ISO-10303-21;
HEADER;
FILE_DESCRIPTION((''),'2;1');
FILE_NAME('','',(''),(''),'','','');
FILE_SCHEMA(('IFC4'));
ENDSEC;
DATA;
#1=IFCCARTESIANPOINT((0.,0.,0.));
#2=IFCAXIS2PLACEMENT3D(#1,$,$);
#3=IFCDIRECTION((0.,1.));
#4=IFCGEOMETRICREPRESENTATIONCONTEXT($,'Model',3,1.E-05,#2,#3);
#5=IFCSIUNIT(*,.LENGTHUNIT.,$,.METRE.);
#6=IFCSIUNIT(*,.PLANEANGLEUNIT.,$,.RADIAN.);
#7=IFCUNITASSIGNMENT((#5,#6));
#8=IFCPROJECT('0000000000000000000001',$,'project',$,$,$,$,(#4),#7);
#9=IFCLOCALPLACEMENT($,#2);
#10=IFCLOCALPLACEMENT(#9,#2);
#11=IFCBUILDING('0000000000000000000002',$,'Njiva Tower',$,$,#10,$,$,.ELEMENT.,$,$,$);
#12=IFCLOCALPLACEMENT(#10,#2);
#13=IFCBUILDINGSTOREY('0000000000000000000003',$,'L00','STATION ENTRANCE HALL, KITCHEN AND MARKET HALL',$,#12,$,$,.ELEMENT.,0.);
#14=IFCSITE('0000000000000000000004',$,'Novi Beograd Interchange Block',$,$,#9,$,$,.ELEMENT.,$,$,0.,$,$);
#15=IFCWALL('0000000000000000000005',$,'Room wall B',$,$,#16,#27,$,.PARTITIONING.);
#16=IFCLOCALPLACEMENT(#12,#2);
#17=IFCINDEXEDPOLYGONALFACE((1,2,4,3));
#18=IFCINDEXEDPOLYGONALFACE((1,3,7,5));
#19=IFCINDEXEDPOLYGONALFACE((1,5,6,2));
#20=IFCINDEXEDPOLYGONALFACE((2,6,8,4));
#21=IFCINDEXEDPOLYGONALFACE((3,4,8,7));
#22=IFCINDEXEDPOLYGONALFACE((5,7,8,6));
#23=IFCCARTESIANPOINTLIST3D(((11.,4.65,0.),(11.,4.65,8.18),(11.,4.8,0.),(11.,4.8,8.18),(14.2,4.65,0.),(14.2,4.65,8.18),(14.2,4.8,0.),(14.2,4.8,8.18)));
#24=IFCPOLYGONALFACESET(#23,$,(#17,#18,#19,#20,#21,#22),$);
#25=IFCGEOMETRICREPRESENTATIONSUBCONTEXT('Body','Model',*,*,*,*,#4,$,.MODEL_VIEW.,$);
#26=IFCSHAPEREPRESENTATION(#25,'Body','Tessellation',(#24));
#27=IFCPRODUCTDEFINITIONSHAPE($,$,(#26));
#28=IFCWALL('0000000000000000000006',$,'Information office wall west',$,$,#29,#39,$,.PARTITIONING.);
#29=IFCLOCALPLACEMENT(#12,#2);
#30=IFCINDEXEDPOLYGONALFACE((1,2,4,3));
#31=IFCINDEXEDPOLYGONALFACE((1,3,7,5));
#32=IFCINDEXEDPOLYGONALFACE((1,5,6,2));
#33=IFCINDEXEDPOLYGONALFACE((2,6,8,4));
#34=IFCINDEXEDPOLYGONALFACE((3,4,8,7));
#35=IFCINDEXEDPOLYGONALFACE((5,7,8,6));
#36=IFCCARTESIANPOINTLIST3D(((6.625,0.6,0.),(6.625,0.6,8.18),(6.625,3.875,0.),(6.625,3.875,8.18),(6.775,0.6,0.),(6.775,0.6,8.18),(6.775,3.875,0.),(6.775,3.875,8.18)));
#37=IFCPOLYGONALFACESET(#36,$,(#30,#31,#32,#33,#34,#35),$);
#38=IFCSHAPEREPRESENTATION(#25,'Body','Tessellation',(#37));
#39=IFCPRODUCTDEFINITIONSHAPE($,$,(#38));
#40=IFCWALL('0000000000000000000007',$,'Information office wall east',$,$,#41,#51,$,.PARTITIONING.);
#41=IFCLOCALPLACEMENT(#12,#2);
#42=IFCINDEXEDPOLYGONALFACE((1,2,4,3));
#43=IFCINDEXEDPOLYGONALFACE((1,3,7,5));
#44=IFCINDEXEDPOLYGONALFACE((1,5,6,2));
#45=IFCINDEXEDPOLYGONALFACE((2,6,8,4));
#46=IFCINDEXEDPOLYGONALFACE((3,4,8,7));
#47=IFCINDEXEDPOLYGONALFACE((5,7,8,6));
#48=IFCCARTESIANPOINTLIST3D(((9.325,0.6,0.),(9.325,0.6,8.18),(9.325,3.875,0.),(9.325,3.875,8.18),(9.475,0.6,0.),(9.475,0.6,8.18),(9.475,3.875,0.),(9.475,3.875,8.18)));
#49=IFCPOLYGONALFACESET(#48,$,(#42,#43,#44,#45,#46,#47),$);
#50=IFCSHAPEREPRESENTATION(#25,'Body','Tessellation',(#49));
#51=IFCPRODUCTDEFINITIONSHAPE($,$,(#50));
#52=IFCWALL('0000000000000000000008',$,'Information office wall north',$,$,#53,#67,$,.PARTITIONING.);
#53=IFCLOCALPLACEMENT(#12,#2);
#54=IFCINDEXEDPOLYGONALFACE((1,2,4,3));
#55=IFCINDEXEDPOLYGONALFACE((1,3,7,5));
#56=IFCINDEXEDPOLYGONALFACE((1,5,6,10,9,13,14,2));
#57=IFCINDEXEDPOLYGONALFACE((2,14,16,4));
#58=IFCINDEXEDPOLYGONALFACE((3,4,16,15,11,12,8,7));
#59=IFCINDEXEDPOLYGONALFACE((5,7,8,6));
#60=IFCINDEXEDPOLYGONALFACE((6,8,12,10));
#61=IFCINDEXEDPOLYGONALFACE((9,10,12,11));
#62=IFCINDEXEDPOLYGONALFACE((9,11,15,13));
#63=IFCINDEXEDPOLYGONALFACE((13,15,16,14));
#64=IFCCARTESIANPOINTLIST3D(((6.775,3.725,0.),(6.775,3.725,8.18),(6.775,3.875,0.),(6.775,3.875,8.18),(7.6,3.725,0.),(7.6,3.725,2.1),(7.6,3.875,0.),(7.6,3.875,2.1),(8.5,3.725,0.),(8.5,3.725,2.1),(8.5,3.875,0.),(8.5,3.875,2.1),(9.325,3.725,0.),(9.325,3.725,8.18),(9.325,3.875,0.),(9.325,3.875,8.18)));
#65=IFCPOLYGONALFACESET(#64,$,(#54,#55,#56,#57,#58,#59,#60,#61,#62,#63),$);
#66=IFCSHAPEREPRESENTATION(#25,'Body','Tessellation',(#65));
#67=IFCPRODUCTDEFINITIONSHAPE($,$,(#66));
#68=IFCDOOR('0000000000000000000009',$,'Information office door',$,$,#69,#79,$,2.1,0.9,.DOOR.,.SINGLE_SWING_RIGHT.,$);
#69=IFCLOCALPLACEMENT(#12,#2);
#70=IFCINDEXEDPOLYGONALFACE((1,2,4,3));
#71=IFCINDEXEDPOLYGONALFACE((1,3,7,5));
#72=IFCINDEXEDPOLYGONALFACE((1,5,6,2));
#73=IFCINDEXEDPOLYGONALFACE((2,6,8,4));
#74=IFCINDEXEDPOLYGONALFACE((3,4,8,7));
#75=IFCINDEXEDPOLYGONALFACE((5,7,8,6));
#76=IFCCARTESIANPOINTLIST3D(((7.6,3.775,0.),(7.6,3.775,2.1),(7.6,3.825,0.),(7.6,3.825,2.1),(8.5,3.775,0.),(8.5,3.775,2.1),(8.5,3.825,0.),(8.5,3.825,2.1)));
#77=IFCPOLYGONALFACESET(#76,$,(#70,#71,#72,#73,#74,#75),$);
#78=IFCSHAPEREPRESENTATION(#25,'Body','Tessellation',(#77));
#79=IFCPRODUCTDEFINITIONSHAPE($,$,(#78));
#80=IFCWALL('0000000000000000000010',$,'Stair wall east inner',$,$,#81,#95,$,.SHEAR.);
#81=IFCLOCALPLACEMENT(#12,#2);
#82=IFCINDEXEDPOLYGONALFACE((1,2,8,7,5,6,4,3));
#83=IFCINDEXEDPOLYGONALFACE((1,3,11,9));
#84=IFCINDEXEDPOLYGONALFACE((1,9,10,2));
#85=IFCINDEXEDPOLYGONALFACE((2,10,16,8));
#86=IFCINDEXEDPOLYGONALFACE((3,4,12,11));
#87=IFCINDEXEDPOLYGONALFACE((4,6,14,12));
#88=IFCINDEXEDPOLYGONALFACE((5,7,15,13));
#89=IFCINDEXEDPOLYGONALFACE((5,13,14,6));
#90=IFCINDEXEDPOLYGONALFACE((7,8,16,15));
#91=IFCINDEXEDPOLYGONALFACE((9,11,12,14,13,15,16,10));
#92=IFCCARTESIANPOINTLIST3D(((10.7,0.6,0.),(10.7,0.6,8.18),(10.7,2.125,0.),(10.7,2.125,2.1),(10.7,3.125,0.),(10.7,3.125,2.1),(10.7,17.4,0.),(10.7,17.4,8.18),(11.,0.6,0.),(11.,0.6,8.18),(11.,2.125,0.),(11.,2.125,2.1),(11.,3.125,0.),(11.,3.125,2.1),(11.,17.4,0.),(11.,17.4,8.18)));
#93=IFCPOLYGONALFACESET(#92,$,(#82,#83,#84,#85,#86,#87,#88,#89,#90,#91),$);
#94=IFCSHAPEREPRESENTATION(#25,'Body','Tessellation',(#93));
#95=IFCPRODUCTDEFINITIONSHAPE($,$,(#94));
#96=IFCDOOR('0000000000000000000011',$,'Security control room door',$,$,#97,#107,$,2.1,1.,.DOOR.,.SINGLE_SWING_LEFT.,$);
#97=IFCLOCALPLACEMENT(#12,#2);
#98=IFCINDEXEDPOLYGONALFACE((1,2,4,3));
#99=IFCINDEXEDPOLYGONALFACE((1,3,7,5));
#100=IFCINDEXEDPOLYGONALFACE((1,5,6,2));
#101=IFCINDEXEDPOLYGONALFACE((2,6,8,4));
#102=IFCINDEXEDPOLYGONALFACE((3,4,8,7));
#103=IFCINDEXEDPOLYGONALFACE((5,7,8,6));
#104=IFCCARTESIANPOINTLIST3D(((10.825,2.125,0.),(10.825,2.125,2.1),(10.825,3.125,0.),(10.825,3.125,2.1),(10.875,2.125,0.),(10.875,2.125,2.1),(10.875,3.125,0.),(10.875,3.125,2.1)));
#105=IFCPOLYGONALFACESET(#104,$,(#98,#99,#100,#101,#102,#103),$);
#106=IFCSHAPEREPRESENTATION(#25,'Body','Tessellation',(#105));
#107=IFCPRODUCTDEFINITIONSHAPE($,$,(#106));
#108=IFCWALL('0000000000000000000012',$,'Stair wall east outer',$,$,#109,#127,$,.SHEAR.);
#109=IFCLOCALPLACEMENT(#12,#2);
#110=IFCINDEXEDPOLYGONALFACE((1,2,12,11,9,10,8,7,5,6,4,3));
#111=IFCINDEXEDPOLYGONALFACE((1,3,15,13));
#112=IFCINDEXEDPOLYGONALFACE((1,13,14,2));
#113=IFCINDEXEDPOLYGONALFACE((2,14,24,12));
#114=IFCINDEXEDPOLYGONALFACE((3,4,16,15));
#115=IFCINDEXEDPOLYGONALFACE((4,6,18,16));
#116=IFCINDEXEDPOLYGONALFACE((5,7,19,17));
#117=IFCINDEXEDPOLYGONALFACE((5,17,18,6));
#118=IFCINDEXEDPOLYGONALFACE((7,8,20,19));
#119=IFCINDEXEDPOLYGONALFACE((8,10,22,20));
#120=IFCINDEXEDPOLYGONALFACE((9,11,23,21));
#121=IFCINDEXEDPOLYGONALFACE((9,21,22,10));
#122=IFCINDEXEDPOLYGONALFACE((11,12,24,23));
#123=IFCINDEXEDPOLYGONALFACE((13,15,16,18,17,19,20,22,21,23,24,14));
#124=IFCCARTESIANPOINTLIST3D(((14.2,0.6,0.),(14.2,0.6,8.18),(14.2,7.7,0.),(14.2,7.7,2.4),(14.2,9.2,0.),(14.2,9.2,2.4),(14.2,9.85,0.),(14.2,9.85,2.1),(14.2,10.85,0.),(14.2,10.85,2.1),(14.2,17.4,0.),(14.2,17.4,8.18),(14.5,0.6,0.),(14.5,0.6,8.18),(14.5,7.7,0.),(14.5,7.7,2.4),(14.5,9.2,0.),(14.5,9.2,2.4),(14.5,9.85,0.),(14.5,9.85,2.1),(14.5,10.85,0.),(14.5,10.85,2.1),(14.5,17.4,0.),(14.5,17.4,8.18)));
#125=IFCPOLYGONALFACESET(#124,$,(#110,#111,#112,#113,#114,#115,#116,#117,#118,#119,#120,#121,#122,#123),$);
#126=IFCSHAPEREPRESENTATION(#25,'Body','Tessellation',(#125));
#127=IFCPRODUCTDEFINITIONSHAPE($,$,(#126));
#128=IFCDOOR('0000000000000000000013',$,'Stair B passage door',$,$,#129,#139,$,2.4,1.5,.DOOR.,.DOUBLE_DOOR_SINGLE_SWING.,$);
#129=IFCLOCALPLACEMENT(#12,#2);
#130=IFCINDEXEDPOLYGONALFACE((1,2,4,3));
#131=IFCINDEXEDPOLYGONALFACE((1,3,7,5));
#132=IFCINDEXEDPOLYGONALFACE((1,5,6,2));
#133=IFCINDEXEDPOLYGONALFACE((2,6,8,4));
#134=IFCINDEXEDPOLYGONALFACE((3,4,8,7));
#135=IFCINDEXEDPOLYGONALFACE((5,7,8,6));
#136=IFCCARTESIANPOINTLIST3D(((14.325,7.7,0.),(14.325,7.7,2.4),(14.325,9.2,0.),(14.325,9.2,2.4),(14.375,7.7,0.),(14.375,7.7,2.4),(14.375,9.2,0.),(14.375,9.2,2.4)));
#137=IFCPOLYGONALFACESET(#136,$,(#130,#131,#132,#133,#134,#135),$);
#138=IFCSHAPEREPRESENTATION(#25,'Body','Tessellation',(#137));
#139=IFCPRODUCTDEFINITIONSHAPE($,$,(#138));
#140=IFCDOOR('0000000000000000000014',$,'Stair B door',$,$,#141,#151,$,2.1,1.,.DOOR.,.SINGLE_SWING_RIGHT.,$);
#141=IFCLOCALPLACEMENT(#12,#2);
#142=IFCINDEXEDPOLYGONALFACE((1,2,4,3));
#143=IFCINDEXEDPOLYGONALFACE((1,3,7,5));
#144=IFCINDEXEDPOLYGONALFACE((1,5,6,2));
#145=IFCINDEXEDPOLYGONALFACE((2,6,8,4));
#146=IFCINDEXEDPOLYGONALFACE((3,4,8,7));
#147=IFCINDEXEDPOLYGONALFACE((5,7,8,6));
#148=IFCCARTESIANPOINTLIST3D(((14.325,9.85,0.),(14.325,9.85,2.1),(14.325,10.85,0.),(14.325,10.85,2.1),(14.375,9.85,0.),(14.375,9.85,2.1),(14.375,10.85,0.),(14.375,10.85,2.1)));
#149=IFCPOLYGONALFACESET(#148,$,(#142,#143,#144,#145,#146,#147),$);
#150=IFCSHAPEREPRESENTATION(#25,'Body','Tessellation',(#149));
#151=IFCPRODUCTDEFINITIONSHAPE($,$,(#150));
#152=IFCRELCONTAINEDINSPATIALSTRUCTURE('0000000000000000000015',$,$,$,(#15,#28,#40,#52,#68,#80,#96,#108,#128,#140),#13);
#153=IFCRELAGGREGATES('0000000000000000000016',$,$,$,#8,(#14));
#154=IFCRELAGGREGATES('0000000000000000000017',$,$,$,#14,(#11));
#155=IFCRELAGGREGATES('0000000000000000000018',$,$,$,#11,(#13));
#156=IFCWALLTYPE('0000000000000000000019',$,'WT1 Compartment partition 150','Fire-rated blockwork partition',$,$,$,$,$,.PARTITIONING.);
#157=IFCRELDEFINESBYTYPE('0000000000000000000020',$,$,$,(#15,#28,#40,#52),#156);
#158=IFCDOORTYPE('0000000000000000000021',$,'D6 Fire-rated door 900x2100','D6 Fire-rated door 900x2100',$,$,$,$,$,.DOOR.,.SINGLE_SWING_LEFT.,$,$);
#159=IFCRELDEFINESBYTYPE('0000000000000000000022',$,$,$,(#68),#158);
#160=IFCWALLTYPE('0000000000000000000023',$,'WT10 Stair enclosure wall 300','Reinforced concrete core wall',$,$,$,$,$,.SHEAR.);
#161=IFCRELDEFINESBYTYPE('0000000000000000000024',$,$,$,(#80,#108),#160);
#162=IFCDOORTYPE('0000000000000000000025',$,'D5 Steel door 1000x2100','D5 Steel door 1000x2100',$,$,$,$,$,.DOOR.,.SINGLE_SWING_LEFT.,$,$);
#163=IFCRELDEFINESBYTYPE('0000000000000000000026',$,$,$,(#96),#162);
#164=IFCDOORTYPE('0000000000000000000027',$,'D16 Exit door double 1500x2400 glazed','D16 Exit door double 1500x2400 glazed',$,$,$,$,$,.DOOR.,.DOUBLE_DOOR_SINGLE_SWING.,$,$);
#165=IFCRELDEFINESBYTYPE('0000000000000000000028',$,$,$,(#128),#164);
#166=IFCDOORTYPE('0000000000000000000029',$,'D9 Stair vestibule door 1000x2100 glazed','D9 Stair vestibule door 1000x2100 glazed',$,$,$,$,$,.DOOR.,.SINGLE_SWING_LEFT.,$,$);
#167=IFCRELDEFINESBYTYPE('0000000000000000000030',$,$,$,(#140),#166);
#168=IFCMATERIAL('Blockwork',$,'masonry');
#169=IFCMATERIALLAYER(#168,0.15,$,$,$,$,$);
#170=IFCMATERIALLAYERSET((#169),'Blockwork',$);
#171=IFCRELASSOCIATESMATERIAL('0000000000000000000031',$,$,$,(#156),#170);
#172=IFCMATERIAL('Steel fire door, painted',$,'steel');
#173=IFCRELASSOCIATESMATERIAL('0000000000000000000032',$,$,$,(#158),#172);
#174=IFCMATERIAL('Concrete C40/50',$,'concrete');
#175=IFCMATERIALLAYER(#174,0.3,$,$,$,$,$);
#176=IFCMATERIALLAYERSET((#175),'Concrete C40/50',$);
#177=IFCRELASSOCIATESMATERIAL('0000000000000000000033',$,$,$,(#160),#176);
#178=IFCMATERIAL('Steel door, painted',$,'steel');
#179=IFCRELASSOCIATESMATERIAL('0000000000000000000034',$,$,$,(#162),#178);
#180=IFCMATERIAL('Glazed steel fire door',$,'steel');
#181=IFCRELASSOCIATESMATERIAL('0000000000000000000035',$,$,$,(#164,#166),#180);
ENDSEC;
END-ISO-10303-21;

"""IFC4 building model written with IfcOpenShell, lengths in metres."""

from ifc_helpers import new_model, si_unit, direction, frame, frame_2d, origin, place, context, subcontext, project, spatial, rectangle, extrude, material, layer, layer_set, type_object, element, fill, save


model = new_model("IFC4")

# Units and contexts
model_context = context("Model", 3, precision=1e-05, world=origin(), true_north=direction((0.0, 1.0)))
body_context = subcontext(model_context, "Body", "Model", "MODEL_VIEW")
ifc_project = project(units=[si_unit("LENGTHUNIT", "METRE"), si_unit("PLANEANGLEUNIT", "RADIAN")], contexts=[model_context])

# Site, building, storey
site_placement = place(None, origin())
site = spatial("IfcSite", under=ifc_project, at=site_placement, Name="Novi Beograd Interchange Block", CompositionType="ELEMENT", RefElevation=0.0)
building_placement = place(site_placement, origin())
building = spatial("IfcBuilding", under=site, at=building_placement, Name="Njiva Tower", CompositionType="ELEMENT")
storey_placement = place(building_placement, origin())
storey = spatial("IfcBuildingStorey", under=building, at=storey_placement, Name="L00", Description="STATION ENTRANCE HALL, KITCHEN AND MARKET HALL", CompositionType="ELEMENT", Elevation=0.0)

# Walls
ifc_material_1 = material(Name="Blockwork", Category="masonry")
ifc_layer_1 = layer(ifc_material_1, 0.15)
ifc_layer_set_1 = layer_set([ifc_layer_1], Name="Blockwork")
wall_type_1 = type_object("IfcWallType", Name="WT1 Compartment partition 150", Description="Fire-rated blockwork partition", PredefinedType="PARTITIONING", material=ifc_layer_set_1)
wall_1_placement = place(storey_placement, frame((11.0, 4.725, 0.0), z_axis=(0.0, 0.0, 1.0), x_axis=(1.0, 0.0, 0.0)))
element("IfcWall", 1, at=wall_1_placement, inside=storey, type_object=wall_type_1, Name="Room wall B", PredefinedType="PARTITIONING", context=body_context, shape_type="SweptSolid", body=[
    extrude(rectangle(XDim=3.2, YDim=0.15, at=frame_2d((1.6, 0.0))), origin(), (0.0, 0.0, 1.0), 8.18),
])
for number, where, z_axis, x_axis, name in (
    (2, (6.7, 0.6, 0.0), (0.0, 0.0, 1.0), (0.0, 1.0, 0.0), "Information office wall west"),
    (3, (9.4, 0.6, 0.0), (0.0, 0.0, 1.0), (0.0, 1.0, 0.0), "Information office wall east"),
):
    element("IfcWall", number, at=place(storey_placement, frame(where, z_axis=z_axis, x_axis=x_axis)), inside=storey, type_object=wall_type_1, Name=name, PredefinedType="PARTITIONING", context=body_context, shape_type="SweptSolid", body=[
        extrude(rectangle(XDim=3.275, YDim=0.15, at=frame_2d((1.6375, 0.0))), origin(), (0.0, 0.0, 1.0), 8.18),
    ])

# Walls, openings, doors
wall_2_placement = place(storey_placement, frame((6.775, 3.8, 0.0), z_axis=(0.0, 0.0, 1.0), x_axis=(1.0, 0.0, 0.0)))
wall_2 = element("IfcWall", 4, at=wall_2_placement, inside=storey, type_object=wall_type_1, Name="Information office wall north", PredefinedType="PARTITIONING", context=body_context, shape_type="SweptSolid", body=[
    extrude(rectangle(XDim=2.55, YDim=0.15, at=frame_2d((1.275, 0.0))), origin(), (0.0, 0.0, 1.0), 8.18),
])
opening_1_placement = place(wall_2_placement, frame((0.825, 0.0, 0.0)))
opening_1 = element("IfcOpeningElement", 5, at=opening_1_placement, cuts=wall_2, PredefinedType="OPENING", context=body_context, shape_type="SweptSolid", body=[
    extrude(rectangle(XDim=0.9, YDim=2.1, at=frame_2d((0.45, 1.05))), frame((0.0, 0.085, 0.0), z_axis=(0.0, -1.0, 0.0), x_axis=(1.0, 0.0, 0.0)), (0.0, 0.0, 1.0), 0.17),
])
ifc_material_2 = material(Name="Steel fire door, painted", Category="steel")
door_type_1 = type_object("IfcDoorType", Name="D6 Fire-rated door 900x2100", Description="D6 Fire-rated door 900x2100", OperationType="SINGLE_SWING_LEFT", PredefinedType="DOOR", material=ifc_material_2)
door_1_placement = place(opening_1_placement, origin())
door_1 = element("IfcDoor", 6, at=door_1_placement, inside=storey, type_object=door_type_1, Name="Information office door", OperationType="SINGLE_SWING_RIGHT", OverallHeight=2.1, OverallWidth=0.9, PredefinedType="DOOR", context=body_context, shape_type="SweptSolid", body=[
    extrude(rectangle(XDim=0.9, YDim=2.1, at=frame_2d((0.45, 1.05))), frame((0.0, 0.025, 0.0), z_axis=(0.0, -1.0, 0.0), x_axis=(1.0, 0.0, 0.0)), (0.0, 0.0, 1.0), 0.05),
])
fill(opening_1, door_1)
ifc_material_3 = material(Name="Concrete C40/50", Category="concrete")
ifc_layer_2 = layer(ifc_material_3, 0.3)
ifc_layer_set_2 = layer_set([ifc_layer_2], Name="Concrete C40/50")
wall_type_2 = type_object("IfcWallType", Name="WT10 Stair enclosure wall 300", Description="Reinforced concrete core wall", PredefinedType="SHEAR", material=ifc_layer_set_2)
wall_3_placement = place(storey_placement, frame((10.85, 0.6, 0.0), z_axis=(0.0, 0.0, 1.0), x_axis=(0.0, 1.0, 0.0)))
wall_3 = element("IfcWall", 7, at=wall_3_placement, inside=storey, type_object=wall_type_2, Name="Stair wall east inner", PredefinedType="SHEAR", context=body_context, shape_type="SweptSolid", body=[
    extrude(rectangle(XDim=16.8, YDim=0.3, at=frame_2d((8.4, 0.0))), origin(), (0.0, 0.0, 1.0), 8.18),
])
opening_2_placement = place(wall_3_placement, frame((1.525, 0.0, 0.0)))
opening_2 = element("IfcOpeningElement", 8, at=opening_2_placement, cuts=wall_3, PredefinedType="OPENING", context=body_context, shape_type="SweptSolid", body=[
    extrude(rectangle(XDim=1.0, YDim=2.1, at=frame_2d((0.5, 1.05))), frame((0.0, 0.16, 0.0), z_axis=(0.0, -1.0, 0.0), x_axis=(1.0, 0.0, 0.0)), (0.0, 0.0, 1.0), 0.32),
])
ifc_material_4 = material(Name="Steel door, painted", Category="steel")
door_type_2 = type_object("IfcDoorType", Name="D5 Steel door 1000x2100", Description="D5 Steel door 1000x2100", OperationType="SINGLE_SWING_LEFT", PredefinedType="DOOR", material=ifc_material_4)
door_2_placement = place(opening_2_placement, origin())
door_2 = element("IfcDoor", 9, at=door_2_placement, inside=storey, type_object=door_type_2, Name="Security control room door", OperationType="SINGLE_SWING_LEFT", OverallHeight=2.1, OverallWidth=1.0, PredefinedType="DOOR", context=body_context, shape_type="SweptSolid", body=[
    extrude(rectangle(XDim=1.0, YDim=2.1, at=frame_2d((0.5, 1.05))), frame((0.0, 0.025, 0.0), z_axis=(0.0, -1.0, 0.0), x_axis=(1.0, 0.0, 0.0)), (0.0, 0.0, 1.0), 0.05),
])
fill(opening_2, door_2)

# Wall, openings, doors
wall_4_placement = place(storey_placement, frame((14.35, 0.6, 0.0), z_axis=(0.0, 0.0, 1.0), x_axis=(0.0, 1.0, 0.0)))
wall_4 = element("IfcWall", 10, at=wall_4_placement, inside=storey, type_object=wall_type_2, Name="Stair wall east outer", PredefinedType="SHEAR", context=body_context, shape_type="SweptSolid", body=[
    extrude(rectangle(XDim=16.8, YDim=0.3, at=frame_2d((8.4, 0.0))), origin(), (0.0, 0.0, 1.0), 8.18),
])
opening_3_placement = place(wall_4_placement, frame((9.25, 0.0, 0.0)))
opening_3 = element("IfcOpeningElement", 11, at=opening_3_placement, cuts=wall_4, PredefinedType="OPENING", context=body_context, shape_type="SweptSolid", body=[
    extrude(rectangle(XDim=1.0, YDim=2.1, at=frame_2d((0.5, 1.05))), frame((0.0, 0.16, 0.0), z_axis=(0.0, -1.0, 0.0), x_axis=(1.0, 0.0, 0.0)), (0.0, 0.0, 1.0), 0.32),
])
opening_4_placement = place(wall_4_placement, frame((7.1, 0.0, 0.0)))
opening_4 = element("IfcOpeningElement", 12, at=opening_4_placement, cuts=wall_4, PredefinedType="OPENING", context=body_context, shape_type="SweptSolid", body=[
    extrude(rectangle(XDim=1.5, YDim=2.4, at=frame_2d((0.75, 1.2))), frame((0.0, 0.16, 0.0), z_axis=(0.0, -1.0, 0.0), x_axis=(1.0, 0.0, 0.0)), (0.0, 0.0, 1.0), 0.32),
])
ifc_material_5 = material(Name="Glazed steel fire door", Category="steel")
door_type_3 = type_object("IfcDoorType", Name="D16 Exit door double 1500x2400 glazed", Description="D16 Exit door double 1500x2400 glazed", OperationType="DOUBLE_DOOR_SINGLE_SWING", PredefinedType="DOOR", material=ifc_material_5)
door_3_placement = place(opening_4_placement, origin())
door_3 = element("IfcDoor", 13, at=door_3_placement, inside=storey, type_object=door_type_3, Name="Stair B passage door", OperationType="DOUBLE_DOOR_SINGLE_SWING", OverallHeight=2.4, OverallWidth=1.5, PredefinedType="DOOR", context=body_context, shape_type="SweptSolid", body=[
    extrude(rectangle(XDim=1.5, YDim=2.4, at=frame_2d((0.75, 1.2))), frame((0.0, 0.025, 0.0), z_axis=(0.0, -1.0, 0.0), x_axis=(1.0, 0.0, 0.0)), (0.0, 0.0, 1.0), 0.05),
])
fill(opening_4, door_3)
door_type_4 = type_object("IfcDoorType", Name="D9 Stair vestibule door 1000x2100 glazed", Description="D9 Stair vestibule door 1000x2100 glazed", OperationType="SINGLE_SWING_LEFT", PredefinedType="DOOR", material=ifc_material_5)
door_4_placement = place(opening_3_placement, origin())
door_4 = element("IfcDoor", 14, at=door_4_placement, inside=storey, type_object=door_type_4, Name="Stair B door", OperationType="SINGLE_SWING_RIGHT", OverallHeight=2.1, OverallWidth=1.0, PredefinedType="DOOR", context=body_context, shape_type="SweptSolid", body=[
    extrude(rectangle(XDim=1.0, YDim=2.1, at=frame_2d((0.5, 1.05))), frame((0.0, 0.025, 0.0), z_axis=(0.0, -1.0, 0.0), x_axis=(1.0, 0.0, 0.0)), (0.0, 0.0, 1.0), 0.05),
])
fill(opening_3, door_4)

save(model, "model.ifc")
